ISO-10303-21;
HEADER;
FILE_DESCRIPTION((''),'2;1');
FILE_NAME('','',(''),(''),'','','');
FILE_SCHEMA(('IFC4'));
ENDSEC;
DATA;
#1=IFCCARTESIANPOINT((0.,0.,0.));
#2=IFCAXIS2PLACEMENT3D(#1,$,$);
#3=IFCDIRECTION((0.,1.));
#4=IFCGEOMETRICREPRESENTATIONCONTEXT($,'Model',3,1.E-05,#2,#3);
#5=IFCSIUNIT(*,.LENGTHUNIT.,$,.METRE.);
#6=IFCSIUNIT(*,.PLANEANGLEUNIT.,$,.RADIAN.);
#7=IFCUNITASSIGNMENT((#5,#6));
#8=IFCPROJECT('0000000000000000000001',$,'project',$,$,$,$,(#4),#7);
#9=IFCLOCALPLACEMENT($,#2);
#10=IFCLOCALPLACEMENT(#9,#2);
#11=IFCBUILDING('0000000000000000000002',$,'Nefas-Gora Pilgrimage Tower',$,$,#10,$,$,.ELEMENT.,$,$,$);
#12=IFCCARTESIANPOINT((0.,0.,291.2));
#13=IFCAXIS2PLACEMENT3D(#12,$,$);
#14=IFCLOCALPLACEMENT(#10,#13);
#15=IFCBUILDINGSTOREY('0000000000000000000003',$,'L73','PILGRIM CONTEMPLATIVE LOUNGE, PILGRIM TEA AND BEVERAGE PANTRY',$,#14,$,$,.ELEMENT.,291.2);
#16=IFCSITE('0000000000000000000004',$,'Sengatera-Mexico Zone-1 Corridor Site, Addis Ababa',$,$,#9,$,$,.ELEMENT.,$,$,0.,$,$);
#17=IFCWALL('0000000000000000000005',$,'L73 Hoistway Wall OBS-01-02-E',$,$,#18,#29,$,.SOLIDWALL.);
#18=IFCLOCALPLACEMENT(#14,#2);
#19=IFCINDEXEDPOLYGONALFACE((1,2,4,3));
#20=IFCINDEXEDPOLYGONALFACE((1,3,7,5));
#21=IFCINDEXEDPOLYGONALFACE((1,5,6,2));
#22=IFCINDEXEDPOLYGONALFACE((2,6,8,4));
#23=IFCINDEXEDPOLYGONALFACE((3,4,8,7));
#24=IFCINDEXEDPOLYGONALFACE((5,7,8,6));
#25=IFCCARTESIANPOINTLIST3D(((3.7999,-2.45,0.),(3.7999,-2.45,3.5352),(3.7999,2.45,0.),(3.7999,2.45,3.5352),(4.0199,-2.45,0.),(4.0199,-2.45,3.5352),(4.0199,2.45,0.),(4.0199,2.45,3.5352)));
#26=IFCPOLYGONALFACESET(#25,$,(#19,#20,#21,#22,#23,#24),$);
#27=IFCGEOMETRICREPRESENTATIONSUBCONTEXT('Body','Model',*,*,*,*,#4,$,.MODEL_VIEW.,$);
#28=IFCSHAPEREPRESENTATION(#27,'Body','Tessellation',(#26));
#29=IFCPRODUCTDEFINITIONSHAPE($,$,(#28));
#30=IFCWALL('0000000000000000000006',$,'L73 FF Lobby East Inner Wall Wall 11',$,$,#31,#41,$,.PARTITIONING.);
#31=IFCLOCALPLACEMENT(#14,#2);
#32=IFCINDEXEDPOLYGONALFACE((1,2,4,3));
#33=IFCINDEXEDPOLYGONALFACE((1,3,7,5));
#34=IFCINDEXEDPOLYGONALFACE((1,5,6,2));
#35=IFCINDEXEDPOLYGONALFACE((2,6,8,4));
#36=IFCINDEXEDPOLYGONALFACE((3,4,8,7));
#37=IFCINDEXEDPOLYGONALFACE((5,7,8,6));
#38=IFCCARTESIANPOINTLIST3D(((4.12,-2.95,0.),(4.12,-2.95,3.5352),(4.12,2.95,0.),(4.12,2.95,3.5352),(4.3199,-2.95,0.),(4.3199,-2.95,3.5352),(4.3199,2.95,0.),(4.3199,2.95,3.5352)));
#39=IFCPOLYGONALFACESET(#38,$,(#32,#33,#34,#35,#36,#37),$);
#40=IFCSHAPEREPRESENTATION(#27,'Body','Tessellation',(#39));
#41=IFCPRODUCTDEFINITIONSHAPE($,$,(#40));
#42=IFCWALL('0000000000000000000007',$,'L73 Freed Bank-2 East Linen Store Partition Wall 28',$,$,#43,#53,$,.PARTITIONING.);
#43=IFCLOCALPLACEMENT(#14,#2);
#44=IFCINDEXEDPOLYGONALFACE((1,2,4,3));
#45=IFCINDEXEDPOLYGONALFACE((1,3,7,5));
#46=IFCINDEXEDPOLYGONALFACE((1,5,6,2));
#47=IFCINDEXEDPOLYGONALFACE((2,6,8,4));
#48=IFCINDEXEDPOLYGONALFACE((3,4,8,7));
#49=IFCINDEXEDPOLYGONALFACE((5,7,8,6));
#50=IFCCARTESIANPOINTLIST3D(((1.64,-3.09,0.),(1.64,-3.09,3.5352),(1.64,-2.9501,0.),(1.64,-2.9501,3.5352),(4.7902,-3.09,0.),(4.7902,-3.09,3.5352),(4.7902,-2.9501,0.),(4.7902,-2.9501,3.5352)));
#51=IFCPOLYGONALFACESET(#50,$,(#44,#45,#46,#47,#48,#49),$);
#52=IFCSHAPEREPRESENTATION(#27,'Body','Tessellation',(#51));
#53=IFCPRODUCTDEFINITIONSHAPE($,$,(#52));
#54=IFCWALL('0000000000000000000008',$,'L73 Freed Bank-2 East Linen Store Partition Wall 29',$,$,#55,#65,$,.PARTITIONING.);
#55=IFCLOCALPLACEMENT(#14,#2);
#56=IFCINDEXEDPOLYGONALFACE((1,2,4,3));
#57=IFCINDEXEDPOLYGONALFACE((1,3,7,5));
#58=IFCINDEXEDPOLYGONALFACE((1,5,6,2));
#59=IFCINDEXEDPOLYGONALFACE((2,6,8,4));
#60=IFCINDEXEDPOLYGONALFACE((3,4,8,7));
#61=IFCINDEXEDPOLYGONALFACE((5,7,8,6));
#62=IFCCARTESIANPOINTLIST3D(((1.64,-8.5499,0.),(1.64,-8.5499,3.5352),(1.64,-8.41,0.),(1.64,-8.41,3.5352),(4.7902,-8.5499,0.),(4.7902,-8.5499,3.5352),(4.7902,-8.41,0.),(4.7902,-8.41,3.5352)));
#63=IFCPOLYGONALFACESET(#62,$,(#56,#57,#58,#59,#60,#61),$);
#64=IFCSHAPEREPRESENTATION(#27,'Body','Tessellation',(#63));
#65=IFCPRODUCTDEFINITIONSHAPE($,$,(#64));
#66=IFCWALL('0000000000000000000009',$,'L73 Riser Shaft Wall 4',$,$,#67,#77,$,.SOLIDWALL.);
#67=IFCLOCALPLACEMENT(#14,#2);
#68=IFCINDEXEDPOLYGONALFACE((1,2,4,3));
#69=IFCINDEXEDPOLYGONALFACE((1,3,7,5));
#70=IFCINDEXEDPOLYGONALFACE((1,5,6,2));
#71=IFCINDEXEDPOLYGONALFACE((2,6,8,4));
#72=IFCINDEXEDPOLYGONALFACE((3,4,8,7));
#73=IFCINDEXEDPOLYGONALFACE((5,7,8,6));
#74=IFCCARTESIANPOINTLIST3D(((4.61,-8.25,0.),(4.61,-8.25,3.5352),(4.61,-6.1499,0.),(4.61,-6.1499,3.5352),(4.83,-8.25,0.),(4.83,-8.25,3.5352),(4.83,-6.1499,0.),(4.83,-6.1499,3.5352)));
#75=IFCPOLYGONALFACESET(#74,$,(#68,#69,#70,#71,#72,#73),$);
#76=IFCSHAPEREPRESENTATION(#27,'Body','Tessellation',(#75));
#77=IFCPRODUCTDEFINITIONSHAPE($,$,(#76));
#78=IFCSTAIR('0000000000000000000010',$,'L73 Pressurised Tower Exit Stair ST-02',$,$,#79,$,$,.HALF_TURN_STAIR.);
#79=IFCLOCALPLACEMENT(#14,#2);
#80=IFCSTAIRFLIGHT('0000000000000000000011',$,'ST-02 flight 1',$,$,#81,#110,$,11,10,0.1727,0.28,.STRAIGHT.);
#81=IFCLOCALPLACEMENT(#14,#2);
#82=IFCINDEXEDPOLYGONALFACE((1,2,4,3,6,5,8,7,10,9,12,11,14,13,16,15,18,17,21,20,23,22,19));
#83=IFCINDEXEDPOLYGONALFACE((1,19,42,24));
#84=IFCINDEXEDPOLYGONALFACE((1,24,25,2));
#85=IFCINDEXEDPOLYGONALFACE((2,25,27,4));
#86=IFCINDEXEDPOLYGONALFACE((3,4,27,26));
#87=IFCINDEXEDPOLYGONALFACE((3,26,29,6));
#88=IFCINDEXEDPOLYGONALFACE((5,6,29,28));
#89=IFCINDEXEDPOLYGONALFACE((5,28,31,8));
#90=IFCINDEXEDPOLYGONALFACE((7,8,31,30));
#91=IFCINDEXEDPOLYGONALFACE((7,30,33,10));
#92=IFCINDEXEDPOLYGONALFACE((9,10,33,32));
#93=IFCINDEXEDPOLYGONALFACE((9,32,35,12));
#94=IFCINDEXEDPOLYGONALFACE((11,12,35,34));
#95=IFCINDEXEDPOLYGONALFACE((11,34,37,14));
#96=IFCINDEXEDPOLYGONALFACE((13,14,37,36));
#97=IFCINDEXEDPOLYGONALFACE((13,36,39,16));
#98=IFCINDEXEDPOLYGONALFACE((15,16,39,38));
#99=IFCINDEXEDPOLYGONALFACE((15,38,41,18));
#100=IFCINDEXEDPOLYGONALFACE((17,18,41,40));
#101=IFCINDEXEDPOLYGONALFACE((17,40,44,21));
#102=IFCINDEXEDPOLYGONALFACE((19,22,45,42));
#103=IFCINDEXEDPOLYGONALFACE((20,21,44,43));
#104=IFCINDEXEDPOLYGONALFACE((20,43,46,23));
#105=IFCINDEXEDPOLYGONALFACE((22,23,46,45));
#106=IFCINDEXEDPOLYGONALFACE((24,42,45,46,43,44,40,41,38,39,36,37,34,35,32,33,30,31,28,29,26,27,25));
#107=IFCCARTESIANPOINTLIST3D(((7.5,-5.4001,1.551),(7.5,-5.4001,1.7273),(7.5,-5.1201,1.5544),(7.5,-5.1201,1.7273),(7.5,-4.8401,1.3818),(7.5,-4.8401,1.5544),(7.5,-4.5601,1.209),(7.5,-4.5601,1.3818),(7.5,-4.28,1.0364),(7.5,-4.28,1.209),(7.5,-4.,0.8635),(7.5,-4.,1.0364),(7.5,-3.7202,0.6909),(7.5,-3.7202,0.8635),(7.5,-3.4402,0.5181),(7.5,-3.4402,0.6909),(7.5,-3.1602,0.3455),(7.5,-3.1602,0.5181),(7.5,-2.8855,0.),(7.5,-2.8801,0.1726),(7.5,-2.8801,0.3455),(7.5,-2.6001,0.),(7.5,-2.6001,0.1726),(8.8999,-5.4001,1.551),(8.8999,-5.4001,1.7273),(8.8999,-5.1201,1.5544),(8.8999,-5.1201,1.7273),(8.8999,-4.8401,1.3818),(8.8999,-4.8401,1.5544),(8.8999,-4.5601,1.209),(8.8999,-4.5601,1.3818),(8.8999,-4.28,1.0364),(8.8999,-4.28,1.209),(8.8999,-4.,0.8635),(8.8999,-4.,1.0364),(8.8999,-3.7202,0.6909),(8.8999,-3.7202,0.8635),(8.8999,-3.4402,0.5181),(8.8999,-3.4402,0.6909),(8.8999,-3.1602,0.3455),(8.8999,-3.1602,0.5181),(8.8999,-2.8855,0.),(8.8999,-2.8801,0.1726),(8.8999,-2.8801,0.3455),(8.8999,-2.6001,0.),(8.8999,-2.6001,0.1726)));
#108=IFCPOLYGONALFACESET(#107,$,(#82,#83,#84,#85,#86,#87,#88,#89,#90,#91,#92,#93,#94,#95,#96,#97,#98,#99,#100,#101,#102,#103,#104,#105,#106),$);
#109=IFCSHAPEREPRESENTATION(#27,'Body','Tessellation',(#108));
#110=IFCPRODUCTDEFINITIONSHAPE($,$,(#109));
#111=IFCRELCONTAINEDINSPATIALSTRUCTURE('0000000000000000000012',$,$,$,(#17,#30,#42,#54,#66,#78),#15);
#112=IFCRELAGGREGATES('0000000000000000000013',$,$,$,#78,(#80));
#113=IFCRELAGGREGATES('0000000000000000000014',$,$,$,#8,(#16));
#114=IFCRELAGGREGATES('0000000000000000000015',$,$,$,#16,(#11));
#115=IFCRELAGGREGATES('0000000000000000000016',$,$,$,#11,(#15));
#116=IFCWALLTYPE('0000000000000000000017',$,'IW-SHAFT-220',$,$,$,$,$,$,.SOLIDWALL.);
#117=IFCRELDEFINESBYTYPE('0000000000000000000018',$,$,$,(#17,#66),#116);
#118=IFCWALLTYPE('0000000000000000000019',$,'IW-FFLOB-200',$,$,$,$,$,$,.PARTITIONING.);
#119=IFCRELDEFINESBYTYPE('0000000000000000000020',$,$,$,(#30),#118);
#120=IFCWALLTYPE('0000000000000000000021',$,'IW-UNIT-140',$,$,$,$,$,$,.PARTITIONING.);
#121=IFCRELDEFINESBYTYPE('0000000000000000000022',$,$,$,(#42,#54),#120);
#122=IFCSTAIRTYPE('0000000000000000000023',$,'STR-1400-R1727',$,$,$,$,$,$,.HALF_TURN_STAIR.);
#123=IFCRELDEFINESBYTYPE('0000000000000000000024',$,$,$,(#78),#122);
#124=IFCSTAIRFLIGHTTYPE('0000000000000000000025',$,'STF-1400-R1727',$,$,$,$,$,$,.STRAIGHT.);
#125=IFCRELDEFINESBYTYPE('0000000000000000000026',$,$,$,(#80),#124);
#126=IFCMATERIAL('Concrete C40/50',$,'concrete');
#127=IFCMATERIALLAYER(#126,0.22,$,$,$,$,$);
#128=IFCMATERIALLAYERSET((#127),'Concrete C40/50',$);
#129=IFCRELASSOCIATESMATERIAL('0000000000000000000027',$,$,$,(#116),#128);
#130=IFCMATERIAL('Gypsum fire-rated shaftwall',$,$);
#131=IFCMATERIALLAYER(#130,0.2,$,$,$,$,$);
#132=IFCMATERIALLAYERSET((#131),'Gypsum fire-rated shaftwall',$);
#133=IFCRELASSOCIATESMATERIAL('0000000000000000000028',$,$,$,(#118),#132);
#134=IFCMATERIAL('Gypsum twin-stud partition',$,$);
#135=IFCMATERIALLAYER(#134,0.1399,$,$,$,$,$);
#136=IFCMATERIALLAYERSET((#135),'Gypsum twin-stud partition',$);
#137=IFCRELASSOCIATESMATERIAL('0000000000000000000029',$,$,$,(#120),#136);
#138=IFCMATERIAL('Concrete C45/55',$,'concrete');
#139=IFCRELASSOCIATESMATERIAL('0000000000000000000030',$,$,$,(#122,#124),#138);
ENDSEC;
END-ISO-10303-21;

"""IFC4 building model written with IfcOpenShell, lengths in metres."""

from ifc_helpers import new_model, si_unit, direction, frame, frame_2d, origin, place, context, subcontext, project, spatial, polyline, rectangle, outline, extrude, source, transform, mapped, material, layer, layer_set, type_object, element, aggregate, save


model = new_model("IFC4")

# Units and contexts
model_context = context("Model", 3, precision=1e-05, world=origin(), true_north=direction((0.0, 1.0)))
body_context = subcontext(model_context, "Body", "Model", "MODEL_VIEW")
ifc_project = project(units=[si_unit("LENGTHUNIT", "METRE"), si_unit("PLANEANGLEUNIT", "RADIAN")], contexts=[model_context])

# Site, building, storey
site_placement = place(None, origin())
site = spatial("IfcSite", under=ifc_project, at=site_placement, Name="Sengatera-Mexico Zone-1 Corridor Site, Addis Ababa", CompositionType="ELEMENT", RefElevation=0.0)
building_placement = place(site_placement, origin())
building = spatial("IfcBuilding", under=site, at=building_placement, Name="Nefas-Gora Pilgrimage Tower", CompositionType="ELEMENT")
storey_placement = place(building_placement, frame((0.0, 0.0, 291.2)))
storey = spatial("IfcBuildingStorey", under=building, at=storey_placement, Name="L73", Description="PILGRIM CONTEMPLATIVE LOUNGE, PILGRIM TEA AND BEVERAGE PANTRY", CompositionType="ELEMENT", Elevation=291.2)

# Shared definitions
ifc_material_1 = material(Name="Concrete C40/50", Category="concrete")

# Shared definitions
ifc_material_2 = material(Name="Concrete C45/55", Category="concrete")

# Shared definitions
ifc_layer_1 = layer(ifc_material_1, 0.22)
ifc_layer_set_1 = layer_set([ifc_layer_1], Name="Concrete C40/50")
wall_type_1 = type_object("IfcWallType", Name="IW-SHAFT-220", PredefinedType="SOLIDWALL", material=ifc_layer_set_1)

# Walls
shared_shape_1 = source(origin(), body_context, "Body", "SweptSolid", [
    extrude(rectangle(XDim=4.8999, YDim=0.22, at=frame_2d((2.45, 0.0))), origin(), (0.0, 0.0, 1.0), 3.5352),
])
wall_1_placement = place(storey_placement, frame((3.9099, -2.45, 0.0), z_axis=(0.0, 0.0, 1.0), x_axis=(0.0, 1.0, 0.0)))
element("IfcWall", 1, at=wall_1_placement, inside=storey, type_object=wall_type_1, Name="L73 Hoistway Wall OBS-01-02-E", PredefinedType="SOLIDWALL", context=body_context, shape_type="MappedRepresentation", body=[
    mapped(shared_shape_1, transform((0.0, 0.0, 0.0), x_axis=(1.0, 0.0, 0.0), y_axis=(0.0, 1.0, 0.0), z_axis=(0.0, 0.0, 1.0), scale=1.0)),
])
ifc_material_3 = material(Name="Gypsum fire-rated shaftwall")
ifc_layer_2 = layer(ifc_material_3, 0.2)
ifc_layer_set_2 = layer_set([ifc_layer_2], Name="Gypsum fire-rated shaftwall")
wall_type_2 = type_object("IfcWallType", Name="IW-FFLOB-200", PredefinedType="PARTITIONING", material=ifc_layer_set_2)
shared_shape_2 = source(origin(), body_context, "Body", "SweptSolid", [
    extrude(rectangle(XDim=5.8999, YDim=0.2, at=frame_2d((2.95, 0.0))), origin(), (0.0, 0.0, 1.0), 3.5352),
])
wall_2_placement = place(storey_placement, frame((4.22, -2.95, 0.0), z_axis=(0.0, 0.0, 1.0), x_axis=(0.0, 1.0, 0.0)))
element("IfcWall", 2, at=wall_2_placement, inside=storey, type_object=wall_type_2, Name="L73 FF Lobby East Inner Wall Wall 11", PredefinedType="PARTITIONING", context=body_context, shape_type="MappedRepresentation", body=[
    mapped(shared_shape_2, transform((0.0, 0.0, 0.0), x_axis=(1.0, 0.0, 0.0), y_axis=(0.0, 1.0, 0.0), z_axis=(0.0, 0.0, 1.0), scale=1.0)),
])
ifc_material_4 = material(Name="Gypsum twin-stud partition")
ifc_layer_3 = layer(ifc_material_4, 0.1399)
ifc_layer_set_3 = layer_set([ifc_layer_3], Name="Gypsum twin-stud partition")
wall_type_3 = type_object("IfcWallType", Name="IW-UNIT-140", PredefinedType="PARTITIONING", material=ifc_layer_set_3)
shared_shape_3 = source(origin(), body_context, "Body", "SweptSolid", [
    extrude(rectangle(XDim=3.1501, YDim=0.1399, at=frame_2d((1.5752, 0.0))), origin(), (0.0, 0.0, 1.0), 3.5352),
])
for number, where, z_axis, x_axis, name in (
    (3, (1.6399, -3.02, 0.0), (0.0, 0.0, 1.0), (1.0, 0.0, 0.0), "L73 Freed Bank-2 East Linen Store Partition Wall 28"),
    (4, (1.6399, -8.48, 0.0), (0.0, 0.0, 1.0), (1.0, 0.0, 0.0), "L73 Freed Bank-2 East Linen Store Partition Wall 29"),
):
    element("IfcWall", number, at=place(storey_placement, frame(where, z_axis=z_axis, x_axis=x_axis)), inside=storey, type_object=wall_type_3, Name=name, PredefinedType="PARTITIONING", context=body_context, shape_type="MappedRepresentation", body=[
        mapped(shared_shape_3, transform((0.0, 0.0, 0.0), x_axis=(1.0, 0.0, 0.0), y_axis=(0.0, 1.0, 0.0), z_axis=(0.0, 0.0, 1.0), scale=1.0)),
    ])
shared_shape_4 = source(origin(), body_context, "Body", "SweptSolid", [
    extrude(rectangle(XDim=2.1001, YDim=0.22, at=frame_2d((1.05, 0.0))), origin(), (0.0, 0.0, 1.0), 3.5352),
])
wall_3_placement = place(storey_placement, frame((4.72, -8.25, 0.0), z_axis=(0.0, 0.0, 1.0), x_axis=(0.0, 1.0, 0.0)))
element("IfcWall", 5, at=wall_3_placement, inside=storey, type_object=wall_type_1, Name="L73 Riser Shaft Wall 4", PredefinedType="SOLIDWALL", context=body_context, shape_type="MappedRepresentation", body=[
    mapped(shared_shape_4, transform((0.0, 0.0, 0.0), x_axis=(1.0, 0.0, 0.0), y_axis=(0.0, 1.0, 0.0), z_axis=(0.0, 0.0, 1.0), scale=1.0)),
])

# Stair, stair flight
stair_type = type_object("IfcStairType", Name="STR-1400-R1727", PredefinedType="HALF_TURN_STAIR", material=ifc_material_2)
stair_placement = place(storey_placement, origin())
stair = element("IfcStair", 6, at=stair_placement, inside=storey, type_object=stair_type, Name="L73 Pressurised Tower Exit Stair ST-02", PredefinedType="HALF_TURN_STAIR")
stair_flight_type = type_object("IfcStairFlightType", Name="STF-1400-R1727", PredefinedType="STRAIGHT", material=ifc_material_2)
shared_shape_5 = source(origin(), body_context, "Body", "SweptSolid", [
    extrude(outline(polyline([(0.0, 0.0), (0.0, 0.1726), (0.28, 0.1726), (0.28, 0.3455), (0.5601, 0.3455), (0.5601, 0.5181), (0.8401, 0.5181), (0.8401, 0.6909), (1.1201, 0.6909), (1.1201, 0.8635), (1.3999, 0.8635), (1.3999, 1.0364), (1.6799, 1.0364), (1.6799, 1.209), (1.96, 1.209), (1.96, 1.3818), (2.24, 1.3818), (2.24, 1.5544), (2.52, 1.5544), (2.52, 1.7273), (2.8, 1.7273), (2.8, 1.8999), (2.8, 1.551), (0.2854, 0.0), (0.0, 0.0)])), frame((0.0, 0.7, 0.0), z_axis=(0.0, -1.0, 0.0), x_axis=(1.0, 0.0, 0.0)), (0.0, 0.0, 1.0), 1.3999),
])
stair_flight_placement = place(storey_placement, frame((8.2, -2.6001, 0.0), z_axis=(0.0, 0.0, 1.0), x_axis=(0.0, -1.0, 0.0)))
stair_flight = element("IfcStairFlight", 7, at=stair_flight_placement, type_object=stair_flight_type, Name="ST-02 flight 1", NumberOfRisers=11, NumberOfTreads=10, PredefinedType="STRAIGHT", RiserHeight=0.1727, TreadLength=0.28, context=body_context, shape_type="MappedRepresentation", body=[
    mapped(shared_shape_5, transform((0.0, 0.0, 0.0), x_axis=(1.0, 0.0, 0.0), y_axis=(0.0, 1.0, 0.0), z_axis=(0.0, 0.0, 1.0), scale=1.0)),
])
aggregate(stair, [stair_flight])

save(model, "model.ifc")
